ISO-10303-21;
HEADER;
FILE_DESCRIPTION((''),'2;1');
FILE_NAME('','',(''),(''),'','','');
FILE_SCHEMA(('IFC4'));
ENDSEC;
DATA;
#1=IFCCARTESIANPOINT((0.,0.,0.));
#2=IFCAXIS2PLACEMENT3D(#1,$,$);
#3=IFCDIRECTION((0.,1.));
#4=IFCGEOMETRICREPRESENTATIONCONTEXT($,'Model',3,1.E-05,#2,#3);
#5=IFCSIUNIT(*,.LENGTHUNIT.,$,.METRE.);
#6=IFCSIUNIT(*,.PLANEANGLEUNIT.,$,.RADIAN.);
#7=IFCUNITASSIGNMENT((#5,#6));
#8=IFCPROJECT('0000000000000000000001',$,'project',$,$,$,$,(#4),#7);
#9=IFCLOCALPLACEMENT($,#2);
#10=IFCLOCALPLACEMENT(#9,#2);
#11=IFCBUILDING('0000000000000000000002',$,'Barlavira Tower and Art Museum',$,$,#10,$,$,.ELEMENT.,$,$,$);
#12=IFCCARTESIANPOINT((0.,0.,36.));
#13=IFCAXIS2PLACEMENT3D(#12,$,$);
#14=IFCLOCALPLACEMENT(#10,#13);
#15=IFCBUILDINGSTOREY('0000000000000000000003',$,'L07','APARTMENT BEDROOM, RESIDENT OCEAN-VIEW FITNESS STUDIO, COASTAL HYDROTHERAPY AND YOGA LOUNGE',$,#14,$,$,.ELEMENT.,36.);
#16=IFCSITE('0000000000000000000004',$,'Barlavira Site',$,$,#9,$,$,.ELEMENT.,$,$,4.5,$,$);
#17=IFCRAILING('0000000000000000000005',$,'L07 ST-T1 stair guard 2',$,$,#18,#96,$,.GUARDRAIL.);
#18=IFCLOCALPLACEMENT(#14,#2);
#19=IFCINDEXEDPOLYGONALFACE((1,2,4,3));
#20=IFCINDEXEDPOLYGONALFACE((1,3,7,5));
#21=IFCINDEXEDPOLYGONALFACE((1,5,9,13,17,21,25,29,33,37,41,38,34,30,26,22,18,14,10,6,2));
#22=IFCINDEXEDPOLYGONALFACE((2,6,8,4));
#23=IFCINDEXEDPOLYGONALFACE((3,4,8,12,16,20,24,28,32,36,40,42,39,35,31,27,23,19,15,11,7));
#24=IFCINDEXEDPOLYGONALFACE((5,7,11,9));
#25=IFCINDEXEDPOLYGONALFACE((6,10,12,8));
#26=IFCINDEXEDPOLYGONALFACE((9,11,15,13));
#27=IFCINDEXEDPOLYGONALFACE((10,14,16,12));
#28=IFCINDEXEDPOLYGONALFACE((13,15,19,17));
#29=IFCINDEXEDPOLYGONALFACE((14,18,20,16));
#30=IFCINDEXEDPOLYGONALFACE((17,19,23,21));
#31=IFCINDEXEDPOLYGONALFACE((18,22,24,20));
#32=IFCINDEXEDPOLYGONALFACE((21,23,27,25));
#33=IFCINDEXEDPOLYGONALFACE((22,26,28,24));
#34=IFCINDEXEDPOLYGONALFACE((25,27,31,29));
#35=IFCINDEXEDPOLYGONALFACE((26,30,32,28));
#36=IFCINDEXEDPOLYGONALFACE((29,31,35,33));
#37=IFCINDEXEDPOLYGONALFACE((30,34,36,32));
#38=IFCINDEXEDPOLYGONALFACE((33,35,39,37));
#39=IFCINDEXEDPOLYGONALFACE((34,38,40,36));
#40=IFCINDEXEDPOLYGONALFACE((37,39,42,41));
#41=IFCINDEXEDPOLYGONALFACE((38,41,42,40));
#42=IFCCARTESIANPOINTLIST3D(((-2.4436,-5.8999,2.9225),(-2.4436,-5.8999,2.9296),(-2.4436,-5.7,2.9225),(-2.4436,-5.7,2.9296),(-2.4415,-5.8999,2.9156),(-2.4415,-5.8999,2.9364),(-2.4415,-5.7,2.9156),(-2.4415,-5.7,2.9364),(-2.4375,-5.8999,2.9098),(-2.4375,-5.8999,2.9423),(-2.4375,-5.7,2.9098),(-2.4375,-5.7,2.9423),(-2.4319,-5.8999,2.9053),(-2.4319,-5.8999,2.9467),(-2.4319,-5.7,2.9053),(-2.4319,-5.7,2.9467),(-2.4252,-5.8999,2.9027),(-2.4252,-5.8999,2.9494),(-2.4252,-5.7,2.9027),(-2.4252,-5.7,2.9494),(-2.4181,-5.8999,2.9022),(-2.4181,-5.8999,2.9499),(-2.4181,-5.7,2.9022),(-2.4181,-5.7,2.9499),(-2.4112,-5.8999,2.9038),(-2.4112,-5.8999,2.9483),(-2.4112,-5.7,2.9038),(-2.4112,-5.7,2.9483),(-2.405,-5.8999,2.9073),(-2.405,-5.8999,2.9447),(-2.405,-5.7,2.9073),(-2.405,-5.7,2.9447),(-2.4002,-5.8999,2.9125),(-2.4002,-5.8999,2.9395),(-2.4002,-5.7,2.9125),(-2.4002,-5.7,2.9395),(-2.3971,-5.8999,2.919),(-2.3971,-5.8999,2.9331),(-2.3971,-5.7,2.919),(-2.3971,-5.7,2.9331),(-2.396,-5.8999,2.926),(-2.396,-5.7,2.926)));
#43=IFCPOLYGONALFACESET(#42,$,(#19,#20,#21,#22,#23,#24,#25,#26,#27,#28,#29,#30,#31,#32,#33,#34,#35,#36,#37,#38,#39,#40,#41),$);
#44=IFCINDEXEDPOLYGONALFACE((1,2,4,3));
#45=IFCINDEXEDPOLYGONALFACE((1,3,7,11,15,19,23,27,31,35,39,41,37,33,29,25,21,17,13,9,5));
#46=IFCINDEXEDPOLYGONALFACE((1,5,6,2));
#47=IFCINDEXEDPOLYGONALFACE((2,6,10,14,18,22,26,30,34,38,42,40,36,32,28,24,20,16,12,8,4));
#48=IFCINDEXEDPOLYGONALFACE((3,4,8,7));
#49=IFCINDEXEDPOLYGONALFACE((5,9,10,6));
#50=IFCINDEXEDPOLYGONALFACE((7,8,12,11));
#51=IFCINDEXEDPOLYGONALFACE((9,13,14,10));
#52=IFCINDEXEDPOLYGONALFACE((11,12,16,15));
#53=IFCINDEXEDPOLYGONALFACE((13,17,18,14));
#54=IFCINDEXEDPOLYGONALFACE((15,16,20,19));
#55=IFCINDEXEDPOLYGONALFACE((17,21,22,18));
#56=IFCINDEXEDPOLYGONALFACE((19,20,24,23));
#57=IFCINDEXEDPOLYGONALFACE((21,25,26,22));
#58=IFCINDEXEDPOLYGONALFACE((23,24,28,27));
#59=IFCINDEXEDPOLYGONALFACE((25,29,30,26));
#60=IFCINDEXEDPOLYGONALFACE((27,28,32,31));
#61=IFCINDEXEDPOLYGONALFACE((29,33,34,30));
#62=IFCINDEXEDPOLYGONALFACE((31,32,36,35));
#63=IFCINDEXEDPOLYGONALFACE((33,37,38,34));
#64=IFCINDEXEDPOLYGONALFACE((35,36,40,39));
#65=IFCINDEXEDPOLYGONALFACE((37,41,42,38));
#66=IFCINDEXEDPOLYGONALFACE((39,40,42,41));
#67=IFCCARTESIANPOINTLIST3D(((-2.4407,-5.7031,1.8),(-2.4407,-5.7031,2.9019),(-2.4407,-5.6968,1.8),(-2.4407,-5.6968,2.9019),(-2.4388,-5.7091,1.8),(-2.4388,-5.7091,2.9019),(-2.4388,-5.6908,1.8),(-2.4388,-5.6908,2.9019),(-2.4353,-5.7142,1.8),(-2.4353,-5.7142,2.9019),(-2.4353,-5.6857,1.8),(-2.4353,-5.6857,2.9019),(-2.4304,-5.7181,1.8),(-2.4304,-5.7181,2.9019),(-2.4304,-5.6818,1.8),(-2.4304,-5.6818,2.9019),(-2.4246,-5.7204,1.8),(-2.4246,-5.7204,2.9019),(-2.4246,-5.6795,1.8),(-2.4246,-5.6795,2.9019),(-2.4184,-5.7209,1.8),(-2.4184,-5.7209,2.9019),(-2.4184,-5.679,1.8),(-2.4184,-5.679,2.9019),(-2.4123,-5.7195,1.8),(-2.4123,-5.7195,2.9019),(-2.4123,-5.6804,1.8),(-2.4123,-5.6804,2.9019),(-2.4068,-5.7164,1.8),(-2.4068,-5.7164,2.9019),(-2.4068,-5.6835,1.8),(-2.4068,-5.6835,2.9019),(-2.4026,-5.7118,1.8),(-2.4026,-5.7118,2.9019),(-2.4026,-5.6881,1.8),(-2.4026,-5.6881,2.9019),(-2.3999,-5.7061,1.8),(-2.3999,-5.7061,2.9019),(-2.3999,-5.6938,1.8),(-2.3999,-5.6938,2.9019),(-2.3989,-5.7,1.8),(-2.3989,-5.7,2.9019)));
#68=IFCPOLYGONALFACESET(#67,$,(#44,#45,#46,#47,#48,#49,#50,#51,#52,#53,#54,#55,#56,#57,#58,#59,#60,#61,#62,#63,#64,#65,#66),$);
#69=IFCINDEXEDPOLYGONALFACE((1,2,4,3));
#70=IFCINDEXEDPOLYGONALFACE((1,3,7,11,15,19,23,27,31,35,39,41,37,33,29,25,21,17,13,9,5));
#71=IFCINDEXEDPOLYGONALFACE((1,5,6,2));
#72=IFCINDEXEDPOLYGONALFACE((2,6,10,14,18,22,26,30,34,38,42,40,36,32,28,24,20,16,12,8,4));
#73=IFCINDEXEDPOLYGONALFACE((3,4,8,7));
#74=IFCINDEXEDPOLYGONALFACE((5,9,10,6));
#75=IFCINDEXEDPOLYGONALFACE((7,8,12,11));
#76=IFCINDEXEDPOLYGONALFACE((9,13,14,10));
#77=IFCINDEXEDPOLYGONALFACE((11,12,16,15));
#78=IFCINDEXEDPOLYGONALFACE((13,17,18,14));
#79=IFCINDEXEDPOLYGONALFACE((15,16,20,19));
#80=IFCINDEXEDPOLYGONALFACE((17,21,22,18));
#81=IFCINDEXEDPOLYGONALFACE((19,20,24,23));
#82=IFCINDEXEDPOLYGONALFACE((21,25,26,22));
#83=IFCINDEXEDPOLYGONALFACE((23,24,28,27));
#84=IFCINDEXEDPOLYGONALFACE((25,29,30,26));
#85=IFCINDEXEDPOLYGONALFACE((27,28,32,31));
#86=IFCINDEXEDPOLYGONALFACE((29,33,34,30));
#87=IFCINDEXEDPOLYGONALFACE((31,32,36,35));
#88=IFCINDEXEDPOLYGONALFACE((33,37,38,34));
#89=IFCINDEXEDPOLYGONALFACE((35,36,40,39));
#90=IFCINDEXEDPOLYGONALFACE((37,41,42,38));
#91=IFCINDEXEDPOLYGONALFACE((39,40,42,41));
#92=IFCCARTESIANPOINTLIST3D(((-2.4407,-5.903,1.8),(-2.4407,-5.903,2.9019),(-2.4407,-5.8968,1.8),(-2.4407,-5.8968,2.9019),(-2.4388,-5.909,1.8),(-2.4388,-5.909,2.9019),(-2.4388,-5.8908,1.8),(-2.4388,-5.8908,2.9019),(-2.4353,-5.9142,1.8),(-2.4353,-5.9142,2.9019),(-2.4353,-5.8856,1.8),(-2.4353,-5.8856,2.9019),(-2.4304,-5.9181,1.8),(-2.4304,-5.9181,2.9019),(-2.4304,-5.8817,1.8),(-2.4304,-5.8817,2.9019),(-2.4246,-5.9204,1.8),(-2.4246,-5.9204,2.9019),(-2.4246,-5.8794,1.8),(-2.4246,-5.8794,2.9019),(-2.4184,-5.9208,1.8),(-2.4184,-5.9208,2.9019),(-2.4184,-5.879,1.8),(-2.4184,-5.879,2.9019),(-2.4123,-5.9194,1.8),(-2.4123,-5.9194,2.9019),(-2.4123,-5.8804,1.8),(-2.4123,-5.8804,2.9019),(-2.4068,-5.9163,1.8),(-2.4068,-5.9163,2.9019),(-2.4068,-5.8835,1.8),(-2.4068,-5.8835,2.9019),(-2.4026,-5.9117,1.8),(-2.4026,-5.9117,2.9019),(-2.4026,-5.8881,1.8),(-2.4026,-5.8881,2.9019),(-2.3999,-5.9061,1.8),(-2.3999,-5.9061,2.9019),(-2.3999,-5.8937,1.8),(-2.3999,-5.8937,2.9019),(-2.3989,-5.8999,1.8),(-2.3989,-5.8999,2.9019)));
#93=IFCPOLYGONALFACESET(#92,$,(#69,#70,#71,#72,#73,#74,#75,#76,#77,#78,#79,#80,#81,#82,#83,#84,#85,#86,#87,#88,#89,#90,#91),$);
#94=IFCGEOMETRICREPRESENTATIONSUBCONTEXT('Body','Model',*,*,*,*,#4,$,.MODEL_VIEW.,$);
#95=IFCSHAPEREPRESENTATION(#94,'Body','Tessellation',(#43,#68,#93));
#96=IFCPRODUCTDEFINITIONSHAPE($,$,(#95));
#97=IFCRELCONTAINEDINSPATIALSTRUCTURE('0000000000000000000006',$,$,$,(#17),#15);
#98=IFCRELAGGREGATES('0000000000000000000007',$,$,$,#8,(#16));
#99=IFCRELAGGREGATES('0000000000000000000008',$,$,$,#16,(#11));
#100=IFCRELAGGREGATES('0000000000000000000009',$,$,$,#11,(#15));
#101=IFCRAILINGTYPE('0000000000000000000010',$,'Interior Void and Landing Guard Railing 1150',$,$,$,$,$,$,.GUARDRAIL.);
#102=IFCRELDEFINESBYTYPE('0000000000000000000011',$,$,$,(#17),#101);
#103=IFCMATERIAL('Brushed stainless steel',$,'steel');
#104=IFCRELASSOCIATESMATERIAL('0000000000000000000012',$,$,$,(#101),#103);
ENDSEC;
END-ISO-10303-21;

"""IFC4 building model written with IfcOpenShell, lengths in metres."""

from ifc_helpers import new_model, si_unit, direction, frame, origin, origin_2d, place, context, subcontext, project, spatial, circle, extrude, material, type_object, element, save


model = new_model("IFC4")

# Units and contexts
model_context = context("Model", 3, precision=1e-05, world=origin(), true_north=direction((0.0, 1.0)))
body_context = subcontext(model_context, "Body", "Model", "MODEL_VIEW")
ifc_project = project(units=[si_unit("LENGTHUNIT", "METRE"), si_unit("PLANEANGLEUNIT", "RADIAN")], contexts=[model_context])

# Site, building, storey
site_placement = place(None, origin())
site = spatial("IfcSite", under=ifc_project, at=site_placement, Name="Barlavira Site", CompositionType="ELEMENT", RefElevation=4.5)
building_placement = place(site_placement, origin())
building = spatial("IfcBuilding", under=site, at=building_placement, Name="Barlavira Tower and Art Museum", CompositionType="ELEMENT")
storey_placement = place(building_placement, frame((0.0, 0.0, 36.0)))
storey = spatial("IfcBuildingStorey", under=building, at=storey_placement, Name="L07", Description="APARTMENT BEDROOM, RESIDENT OCEAN-VIEW FITNESS STUDIO, COASTAL HYDROTHERAPY AND YOGA LOUNGE", CompositionType="ELEMENT", Elevation=36.0)

# Shared definitions
ifc_material_1 = material(Name="Brushed stainless steel", Category="steel")

# Railing
railing_type_1 = type_object("IfcRailingType", Name="Interior Void and Landing Guard Railing 1150", PredefinedType="GUARDRAIL", material=ifc_material_1)
railing_1_placement = place(storey_placement, frame((-2.4199, -5.7, 1.8)))
element("IfcRailing", 1, at=railing_1_placement, inside=storey, type_object=railing_type_1, Name="L07 ST-T1 stair guard 2", PredefinedType="GUARDRAIL", context=body_context, shape_type="SweptSolid", body=[
    extrude(circle(Radius=0.0239, at=origin_2d()), frame((0.0, 0.0, 1.126), z_axis=(0.0, -1.0, 0.0), x_axis=(1.0, 0.0, 0.0)), (0.0, 0.0, 1.0), 0.2),
    extrude(circle(Radius=0.021, at=origin_2d()), origin(), (0.0, 0.0, 1.0), 1.1018),
    extrude(circle(Radius=0.021, at=origin_2d()), frame((0.0, -0.2, 0.0)), (0.0, 0.0, 1.0), 1.1018),
])

save(model, "model.ifc")
